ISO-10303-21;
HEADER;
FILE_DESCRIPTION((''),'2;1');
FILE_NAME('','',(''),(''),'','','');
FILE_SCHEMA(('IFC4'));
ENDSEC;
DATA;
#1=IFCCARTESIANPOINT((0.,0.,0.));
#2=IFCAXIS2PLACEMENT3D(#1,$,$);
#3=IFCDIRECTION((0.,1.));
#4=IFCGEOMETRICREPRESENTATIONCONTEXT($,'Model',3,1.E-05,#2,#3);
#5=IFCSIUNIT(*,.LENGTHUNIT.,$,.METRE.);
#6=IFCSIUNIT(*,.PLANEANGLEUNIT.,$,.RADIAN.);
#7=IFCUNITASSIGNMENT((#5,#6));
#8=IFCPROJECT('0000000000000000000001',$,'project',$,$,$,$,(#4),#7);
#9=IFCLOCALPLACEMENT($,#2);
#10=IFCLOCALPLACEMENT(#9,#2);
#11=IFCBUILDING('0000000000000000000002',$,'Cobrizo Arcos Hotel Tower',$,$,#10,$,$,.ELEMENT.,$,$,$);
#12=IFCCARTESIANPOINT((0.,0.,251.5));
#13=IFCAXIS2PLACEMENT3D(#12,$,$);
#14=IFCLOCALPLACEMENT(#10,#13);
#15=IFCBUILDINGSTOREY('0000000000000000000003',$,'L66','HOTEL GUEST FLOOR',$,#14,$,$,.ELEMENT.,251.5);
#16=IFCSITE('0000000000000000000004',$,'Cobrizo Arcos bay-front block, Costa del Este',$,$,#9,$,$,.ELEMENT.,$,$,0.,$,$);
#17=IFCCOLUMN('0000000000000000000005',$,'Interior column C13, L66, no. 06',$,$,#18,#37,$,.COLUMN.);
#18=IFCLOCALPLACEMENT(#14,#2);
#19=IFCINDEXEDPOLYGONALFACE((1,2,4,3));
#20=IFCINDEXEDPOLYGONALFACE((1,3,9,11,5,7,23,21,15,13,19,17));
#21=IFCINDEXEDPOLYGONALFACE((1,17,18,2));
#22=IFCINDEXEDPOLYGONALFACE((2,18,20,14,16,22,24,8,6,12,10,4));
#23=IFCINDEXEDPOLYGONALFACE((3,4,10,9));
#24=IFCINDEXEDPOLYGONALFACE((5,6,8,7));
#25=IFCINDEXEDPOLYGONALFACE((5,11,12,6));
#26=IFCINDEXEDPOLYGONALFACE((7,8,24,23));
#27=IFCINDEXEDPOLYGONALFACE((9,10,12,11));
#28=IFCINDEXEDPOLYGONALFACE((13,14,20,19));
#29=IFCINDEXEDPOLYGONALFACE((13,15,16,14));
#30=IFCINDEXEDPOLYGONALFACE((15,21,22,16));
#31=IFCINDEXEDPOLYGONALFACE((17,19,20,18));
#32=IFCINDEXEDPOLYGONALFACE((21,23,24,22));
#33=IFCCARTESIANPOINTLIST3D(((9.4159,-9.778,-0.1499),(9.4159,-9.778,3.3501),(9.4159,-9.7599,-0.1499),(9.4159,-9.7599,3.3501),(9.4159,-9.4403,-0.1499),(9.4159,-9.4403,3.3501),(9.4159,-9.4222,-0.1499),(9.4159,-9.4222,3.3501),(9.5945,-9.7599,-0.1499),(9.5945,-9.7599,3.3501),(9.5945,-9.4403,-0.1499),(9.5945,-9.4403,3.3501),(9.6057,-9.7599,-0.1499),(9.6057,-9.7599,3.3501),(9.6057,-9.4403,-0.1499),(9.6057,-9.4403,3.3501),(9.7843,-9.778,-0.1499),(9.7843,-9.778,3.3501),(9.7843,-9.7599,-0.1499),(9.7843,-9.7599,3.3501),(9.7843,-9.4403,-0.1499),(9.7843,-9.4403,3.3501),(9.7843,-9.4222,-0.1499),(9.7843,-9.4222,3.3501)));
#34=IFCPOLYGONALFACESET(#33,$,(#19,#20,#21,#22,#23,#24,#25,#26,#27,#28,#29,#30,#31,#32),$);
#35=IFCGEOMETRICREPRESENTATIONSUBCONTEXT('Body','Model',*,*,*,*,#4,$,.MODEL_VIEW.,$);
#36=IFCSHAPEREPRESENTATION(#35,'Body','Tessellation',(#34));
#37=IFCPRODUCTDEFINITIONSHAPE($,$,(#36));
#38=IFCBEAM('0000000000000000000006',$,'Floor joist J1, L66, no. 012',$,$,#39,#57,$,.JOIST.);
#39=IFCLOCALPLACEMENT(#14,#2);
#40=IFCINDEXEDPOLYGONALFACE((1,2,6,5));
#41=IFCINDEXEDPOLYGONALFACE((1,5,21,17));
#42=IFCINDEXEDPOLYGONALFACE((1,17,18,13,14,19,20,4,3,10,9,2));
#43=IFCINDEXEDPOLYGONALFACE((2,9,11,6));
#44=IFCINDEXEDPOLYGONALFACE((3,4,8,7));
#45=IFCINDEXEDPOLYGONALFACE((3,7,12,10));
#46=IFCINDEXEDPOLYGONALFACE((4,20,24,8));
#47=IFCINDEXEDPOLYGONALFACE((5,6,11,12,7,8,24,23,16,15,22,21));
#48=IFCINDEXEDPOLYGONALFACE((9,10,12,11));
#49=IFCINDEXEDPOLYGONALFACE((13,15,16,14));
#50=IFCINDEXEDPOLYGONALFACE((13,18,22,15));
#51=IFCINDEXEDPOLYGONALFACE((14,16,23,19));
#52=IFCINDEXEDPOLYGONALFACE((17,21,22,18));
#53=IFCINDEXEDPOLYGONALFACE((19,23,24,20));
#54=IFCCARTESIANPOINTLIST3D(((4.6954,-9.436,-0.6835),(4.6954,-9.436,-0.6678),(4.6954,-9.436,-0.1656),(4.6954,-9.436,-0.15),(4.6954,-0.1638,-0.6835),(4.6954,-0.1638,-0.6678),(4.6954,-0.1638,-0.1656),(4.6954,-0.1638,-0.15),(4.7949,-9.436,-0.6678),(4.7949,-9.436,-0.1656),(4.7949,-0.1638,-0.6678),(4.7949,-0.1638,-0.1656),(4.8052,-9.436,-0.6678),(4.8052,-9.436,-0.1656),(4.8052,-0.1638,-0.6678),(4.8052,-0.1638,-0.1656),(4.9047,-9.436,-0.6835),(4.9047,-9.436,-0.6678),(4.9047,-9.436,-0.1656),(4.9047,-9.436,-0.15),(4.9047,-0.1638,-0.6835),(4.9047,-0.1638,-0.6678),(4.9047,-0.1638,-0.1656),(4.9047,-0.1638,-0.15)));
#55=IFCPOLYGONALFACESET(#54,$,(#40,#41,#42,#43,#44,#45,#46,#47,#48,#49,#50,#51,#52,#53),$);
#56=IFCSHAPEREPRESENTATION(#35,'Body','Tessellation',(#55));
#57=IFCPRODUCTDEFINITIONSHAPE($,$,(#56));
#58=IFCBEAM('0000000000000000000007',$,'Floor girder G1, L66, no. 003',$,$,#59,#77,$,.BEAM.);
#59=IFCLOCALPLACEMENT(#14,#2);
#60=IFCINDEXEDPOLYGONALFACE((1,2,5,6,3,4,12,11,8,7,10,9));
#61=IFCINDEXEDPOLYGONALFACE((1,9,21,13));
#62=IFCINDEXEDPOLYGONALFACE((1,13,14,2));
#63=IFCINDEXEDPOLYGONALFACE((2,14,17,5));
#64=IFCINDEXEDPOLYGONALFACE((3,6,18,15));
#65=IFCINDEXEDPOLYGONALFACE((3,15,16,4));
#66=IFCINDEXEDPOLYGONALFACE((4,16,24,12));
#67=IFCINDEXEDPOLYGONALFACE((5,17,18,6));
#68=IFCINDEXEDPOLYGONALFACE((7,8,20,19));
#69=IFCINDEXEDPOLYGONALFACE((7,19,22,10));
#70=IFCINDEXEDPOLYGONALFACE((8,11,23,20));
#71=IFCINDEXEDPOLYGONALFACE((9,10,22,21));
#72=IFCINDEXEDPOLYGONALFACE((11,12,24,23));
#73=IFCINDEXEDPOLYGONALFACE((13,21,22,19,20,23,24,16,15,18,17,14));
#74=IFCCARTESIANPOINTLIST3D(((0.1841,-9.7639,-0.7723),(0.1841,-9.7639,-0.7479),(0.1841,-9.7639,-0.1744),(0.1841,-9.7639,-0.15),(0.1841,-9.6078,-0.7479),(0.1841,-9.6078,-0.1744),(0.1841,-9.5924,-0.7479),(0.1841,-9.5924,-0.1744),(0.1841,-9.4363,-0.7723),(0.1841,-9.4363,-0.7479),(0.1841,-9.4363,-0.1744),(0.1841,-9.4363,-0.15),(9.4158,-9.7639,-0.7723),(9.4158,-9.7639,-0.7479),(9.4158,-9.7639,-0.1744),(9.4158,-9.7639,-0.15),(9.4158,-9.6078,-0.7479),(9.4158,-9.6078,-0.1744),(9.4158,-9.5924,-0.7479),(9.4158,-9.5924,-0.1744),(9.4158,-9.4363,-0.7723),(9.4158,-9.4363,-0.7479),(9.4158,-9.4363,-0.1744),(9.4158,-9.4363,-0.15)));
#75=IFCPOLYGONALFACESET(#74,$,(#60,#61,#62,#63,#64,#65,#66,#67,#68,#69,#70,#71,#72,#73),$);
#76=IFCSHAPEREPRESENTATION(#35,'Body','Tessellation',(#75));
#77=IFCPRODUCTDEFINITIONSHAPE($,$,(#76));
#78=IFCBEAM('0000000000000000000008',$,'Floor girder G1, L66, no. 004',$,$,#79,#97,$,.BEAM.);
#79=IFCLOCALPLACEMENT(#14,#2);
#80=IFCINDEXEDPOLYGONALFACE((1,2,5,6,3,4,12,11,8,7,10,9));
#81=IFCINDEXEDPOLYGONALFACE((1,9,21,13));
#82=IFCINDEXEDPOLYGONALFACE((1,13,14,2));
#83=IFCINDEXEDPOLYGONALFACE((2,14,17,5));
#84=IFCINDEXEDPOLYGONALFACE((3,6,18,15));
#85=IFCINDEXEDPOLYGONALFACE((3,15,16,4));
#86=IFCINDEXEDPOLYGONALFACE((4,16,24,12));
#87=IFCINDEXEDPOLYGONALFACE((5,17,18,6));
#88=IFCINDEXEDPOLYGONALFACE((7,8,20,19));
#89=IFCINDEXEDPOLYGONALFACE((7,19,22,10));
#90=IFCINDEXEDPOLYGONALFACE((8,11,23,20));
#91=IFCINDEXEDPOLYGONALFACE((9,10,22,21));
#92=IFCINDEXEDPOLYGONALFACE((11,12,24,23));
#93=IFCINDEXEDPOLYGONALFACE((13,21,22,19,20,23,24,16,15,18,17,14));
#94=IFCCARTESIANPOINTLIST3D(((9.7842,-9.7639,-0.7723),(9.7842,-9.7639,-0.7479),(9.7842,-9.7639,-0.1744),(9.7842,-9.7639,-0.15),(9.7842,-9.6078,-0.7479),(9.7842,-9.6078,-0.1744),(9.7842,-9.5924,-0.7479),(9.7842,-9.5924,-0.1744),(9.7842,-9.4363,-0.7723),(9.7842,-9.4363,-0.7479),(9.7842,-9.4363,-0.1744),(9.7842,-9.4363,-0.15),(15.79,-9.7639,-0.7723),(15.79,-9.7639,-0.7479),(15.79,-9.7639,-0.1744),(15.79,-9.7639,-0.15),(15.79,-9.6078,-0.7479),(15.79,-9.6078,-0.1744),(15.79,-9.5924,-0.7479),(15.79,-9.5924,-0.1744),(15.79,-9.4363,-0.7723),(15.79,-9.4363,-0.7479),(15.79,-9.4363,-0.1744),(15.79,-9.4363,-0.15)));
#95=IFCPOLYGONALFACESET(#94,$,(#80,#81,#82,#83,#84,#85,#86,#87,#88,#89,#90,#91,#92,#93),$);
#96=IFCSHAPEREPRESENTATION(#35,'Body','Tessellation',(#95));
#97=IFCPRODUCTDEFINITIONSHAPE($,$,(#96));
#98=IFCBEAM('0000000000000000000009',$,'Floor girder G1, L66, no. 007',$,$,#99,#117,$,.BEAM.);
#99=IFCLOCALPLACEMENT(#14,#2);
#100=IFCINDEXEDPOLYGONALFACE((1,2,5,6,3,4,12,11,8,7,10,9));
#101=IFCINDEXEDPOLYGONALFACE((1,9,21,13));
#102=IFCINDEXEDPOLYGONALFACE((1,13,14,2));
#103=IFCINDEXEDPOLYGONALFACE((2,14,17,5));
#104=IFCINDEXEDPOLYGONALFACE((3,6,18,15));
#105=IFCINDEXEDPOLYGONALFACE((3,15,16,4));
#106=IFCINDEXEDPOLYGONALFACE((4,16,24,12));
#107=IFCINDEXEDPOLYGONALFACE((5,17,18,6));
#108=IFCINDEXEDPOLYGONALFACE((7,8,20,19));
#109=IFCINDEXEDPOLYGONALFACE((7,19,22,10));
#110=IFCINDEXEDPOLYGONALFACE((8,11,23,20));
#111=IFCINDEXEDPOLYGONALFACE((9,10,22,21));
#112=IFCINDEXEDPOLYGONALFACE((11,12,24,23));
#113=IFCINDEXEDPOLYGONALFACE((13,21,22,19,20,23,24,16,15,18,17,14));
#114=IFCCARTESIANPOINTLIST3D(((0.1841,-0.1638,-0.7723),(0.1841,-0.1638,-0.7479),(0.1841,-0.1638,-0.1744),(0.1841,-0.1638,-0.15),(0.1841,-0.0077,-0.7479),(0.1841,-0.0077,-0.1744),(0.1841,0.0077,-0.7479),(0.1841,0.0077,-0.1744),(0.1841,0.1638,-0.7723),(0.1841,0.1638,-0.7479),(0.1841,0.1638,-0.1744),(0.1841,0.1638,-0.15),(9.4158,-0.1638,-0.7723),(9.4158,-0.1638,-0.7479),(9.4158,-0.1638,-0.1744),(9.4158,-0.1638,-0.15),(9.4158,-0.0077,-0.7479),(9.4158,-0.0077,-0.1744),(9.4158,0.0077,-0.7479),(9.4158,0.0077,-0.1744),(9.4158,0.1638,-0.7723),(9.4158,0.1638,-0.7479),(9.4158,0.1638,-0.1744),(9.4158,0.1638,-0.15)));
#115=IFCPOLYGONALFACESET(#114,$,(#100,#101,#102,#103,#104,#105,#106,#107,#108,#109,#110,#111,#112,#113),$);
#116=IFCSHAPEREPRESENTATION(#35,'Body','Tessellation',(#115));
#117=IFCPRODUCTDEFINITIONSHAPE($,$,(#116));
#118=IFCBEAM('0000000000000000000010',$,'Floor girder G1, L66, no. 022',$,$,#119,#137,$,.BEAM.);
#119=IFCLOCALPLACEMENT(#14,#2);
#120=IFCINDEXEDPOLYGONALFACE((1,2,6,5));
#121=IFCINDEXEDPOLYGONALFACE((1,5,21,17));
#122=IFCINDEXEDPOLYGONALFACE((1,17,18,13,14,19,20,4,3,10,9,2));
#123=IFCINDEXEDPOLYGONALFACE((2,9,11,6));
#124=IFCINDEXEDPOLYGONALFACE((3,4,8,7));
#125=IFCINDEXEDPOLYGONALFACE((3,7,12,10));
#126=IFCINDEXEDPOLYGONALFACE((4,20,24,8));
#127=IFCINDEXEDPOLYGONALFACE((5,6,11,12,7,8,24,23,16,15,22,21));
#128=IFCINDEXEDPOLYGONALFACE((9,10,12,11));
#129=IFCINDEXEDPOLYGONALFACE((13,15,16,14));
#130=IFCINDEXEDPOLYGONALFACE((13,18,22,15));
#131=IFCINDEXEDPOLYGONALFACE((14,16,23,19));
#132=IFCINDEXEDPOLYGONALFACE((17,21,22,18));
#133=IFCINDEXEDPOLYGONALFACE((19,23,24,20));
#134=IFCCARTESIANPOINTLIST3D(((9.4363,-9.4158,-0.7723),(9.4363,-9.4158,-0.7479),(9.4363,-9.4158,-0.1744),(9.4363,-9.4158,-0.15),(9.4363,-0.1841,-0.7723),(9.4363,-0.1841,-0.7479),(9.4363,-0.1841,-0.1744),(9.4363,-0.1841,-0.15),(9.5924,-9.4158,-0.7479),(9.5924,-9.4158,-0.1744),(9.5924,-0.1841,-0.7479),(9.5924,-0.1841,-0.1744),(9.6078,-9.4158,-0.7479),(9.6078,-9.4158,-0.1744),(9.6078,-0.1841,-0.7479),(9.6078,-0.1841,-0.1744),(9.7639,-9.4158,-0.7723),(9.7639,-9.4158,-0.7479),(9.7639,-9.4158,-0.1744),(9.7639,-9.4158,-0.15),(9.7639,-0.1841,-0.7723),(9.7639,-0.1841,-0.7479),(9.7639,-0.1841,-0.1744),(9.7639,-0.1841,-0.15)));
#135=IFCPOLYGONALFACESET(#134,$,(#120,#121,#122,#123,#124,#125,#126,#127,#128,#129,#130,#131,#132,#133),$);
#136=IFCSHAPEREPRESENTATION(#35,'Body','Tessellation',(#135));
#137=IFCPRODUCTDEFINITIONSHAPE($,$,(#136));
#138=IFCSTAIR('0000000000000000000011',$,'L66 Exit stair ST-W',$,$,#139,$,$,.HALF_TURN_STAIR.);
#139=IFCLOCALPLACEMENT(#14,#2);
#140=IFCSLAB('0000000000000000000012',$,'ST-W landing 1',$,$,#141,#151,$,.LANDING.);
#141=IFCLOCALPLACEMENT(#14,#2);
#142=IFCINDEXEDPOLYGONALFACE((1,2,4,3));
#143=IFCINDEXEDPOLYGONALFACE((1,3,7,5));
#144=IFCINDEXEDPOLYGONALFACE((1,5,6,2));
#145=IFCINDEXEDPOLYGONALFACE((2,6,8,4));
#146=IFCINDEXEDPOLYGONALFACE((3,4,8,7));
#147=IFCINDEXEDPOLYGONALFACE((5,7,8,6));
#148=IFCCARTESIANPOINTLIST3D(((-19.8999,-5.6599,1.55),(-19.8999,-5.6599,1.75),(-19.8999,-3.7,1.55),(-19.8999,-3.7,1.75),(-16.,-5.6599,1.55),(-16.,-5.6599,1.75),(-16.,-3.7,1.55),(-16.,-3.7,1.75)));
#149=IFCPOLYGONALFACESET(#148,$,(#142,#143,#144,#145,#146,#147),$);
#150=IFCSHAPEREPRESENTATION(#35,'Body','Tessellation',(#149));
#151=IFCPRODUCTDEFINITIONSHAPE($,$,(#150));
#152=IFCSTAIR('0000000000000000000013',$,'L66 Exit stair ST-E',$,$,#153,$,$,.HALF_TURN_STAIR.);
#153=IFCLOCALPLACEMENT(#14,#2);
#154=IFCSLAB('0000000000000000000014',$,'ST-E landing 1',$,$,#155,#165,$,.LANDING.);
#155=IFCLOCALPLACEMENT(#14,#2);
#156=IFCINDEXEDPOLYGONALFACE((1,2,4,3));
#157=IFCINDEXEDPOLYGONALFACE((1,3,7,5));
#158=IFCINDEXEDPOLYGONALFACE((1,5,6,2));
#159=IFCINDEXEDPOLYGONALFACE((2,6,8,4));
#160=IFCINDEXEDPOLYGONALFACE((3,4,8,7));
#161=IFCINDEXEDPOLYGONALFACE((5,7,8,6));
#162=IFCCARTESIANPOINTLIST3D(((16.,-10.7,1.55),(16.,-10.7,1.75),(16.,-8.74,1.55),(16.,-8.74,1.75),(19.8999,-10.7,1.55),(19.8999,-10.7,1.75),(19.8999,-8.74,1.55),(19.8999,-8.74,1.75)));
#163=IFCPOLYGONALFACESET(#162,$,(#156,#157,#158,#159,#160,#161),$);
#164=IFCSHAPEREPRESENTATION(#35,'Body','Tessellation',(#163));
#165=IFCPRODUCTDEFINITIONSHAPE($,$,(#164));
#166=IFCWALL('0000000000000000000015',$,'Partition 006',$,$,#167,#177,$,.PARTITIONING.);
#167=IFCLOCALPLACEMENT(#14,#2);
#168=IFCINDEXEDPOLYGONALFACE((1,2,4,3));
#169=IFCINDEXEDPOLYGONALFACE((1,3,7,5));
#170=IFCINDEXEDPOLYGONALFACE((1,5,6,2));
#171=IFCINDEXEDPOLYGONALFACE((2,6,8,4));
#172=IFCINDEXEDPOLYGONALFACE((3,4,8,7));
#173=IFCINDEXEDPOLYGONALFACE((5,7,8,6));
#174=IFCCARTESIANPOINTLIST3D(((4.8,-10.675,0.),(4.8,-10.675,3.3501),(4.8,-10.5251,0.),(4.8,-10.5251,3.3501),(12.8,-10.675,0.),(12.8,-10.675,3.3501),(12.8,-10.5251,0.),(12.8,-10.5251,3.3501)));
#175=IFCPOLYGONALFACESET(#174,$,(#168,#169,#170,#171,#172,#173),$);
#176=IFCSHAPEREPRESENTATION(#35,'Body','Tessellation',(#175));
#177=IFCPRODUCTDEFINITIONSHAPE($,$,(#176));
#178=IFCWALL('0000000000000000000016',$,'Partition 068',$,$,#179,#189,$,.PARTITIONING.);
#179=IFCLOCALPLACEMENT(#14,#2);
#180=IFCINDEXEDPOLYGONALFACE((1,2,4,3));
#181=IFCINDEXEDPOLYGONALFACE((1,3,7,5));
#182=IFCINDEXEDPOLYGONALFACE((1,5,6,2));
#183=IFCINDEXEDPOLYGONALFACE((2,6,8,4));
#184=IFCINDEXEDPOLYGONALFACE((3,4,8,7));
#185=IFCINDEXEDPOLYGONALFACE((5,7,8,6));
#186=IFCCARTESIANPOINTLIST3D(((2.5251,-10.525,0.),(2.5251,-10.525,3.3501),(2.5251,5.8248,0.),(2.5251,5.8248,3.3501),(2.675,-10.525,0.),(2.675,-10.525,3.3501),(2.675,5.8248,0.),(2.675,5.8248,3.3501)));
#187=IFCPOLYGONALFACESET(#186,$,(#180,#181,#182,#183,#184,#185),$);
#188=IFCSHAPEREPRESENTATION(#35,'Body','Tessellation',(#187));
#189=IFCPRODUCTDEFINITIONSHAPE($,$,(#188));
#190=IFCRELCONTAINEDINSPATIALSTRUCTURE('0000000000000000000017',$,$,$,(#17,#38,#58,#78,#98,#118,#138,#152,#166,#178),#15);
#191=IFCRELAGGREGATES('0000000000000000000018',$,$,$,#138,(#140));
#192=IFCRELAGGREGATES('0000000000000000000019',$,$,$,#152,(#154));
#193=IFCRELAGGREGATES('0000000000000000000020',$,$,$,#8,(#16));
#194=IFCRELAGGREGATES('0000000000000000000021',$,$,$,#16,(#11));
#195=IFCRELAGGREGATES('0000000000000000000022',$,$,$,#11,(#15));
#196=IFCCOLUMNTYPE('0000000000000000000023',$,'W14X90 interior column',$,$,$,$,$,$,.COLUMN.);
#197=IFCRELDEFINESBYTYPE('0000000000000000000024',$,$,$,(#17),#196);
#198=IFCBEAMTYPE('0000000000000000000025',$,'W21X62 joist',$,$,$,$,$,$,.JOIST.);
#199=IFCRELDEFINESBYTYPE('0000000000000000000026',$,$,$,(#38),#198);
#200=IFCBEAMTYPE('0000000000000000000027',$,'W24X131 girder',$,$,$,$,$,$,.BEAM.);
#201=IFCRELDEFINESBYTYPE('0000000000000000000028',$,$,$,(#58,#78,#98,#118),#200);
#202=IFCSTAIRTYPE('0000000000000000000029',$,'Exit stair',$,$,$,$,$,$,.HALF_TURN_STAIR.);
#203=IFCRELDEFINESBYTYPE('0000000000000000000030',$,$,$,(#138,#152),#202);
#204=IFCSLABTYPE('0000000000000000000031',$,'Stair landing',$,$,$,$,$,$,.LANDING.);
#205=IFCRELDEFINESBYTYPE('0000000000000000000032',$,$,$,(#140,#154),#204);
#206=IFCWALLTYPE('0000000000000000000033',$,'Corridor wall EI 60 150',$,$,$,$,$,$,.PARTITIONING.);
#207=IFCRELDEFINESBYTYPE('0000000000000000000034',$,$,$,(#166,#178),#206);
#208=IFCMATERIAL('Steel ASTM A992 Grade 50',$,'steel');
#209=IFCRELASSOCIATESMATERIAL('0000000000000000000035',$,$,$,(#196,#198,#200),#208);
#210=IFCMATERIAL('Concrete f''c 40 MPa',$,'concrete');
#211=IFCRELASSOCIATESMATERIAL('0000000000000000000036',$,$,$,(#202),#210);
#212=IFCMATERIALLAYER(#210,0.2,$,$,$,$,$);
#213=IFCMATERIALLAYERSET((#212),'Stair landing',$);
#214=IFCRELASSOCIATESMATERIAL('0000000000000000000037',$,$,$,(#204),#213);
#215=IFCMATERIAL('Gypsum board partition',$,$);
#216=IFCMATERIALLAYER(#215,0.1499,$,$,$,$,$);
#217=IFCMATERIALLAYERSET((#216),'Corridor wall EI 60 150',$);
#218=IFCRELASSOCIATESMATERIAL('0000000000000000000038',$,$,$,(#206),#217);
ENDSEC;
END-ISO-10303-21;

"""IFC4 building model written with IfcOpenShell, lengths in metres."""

from ifc_helpers import new_model, si_unit, direction, frame, frame_2d, origin, origin_2d, place, context, subcontext, project, spatial, polyline, rectangle, i_section, outline, extrude, material, layer, layer_set, material_profile, profile_set, type_object, element, aggregate, save


model = new_model("IFC4")

# Units and contexts
model_context = context("Model", 3, precision=1e-05, world=origin(), true_north=direction((0.0, 1.0)))
body_context = subcontext(model_context, "Body", "Model", "MODEL_VIEW")
ifc_project = project(units=[si_unit("LENGTHUNIT", "METRE"), si_unit("PLANEANGLEUNIT", "RADIAN")], contexts=[model_context])

# Site, building, storey
site_placement = place(None, origin())
site = spatial("IfcSite", under=ifc_project, at=site_placement, Name="Cobrizo Arcos bay-front block, Costa del Este", CompositionType="ELEMENT", RefElevation=0.0)
building_placement = place(site_placement, origin())
building = spatial("IfcBuilding", under=site, at=building_placement, Name="Cobrizo Arcos Hotel Tower", CompositionType="ELEMENT")
storey_placement = place(building_placement, frame((0.0, 0.0, 251.5)))
storey = spatial("IfcBuildingStorey", under=building, at=storey_placement, Name="L66", Description="HOTEL GUEST FLOOR", CompositionType="ELEMENT", Elevation=251.5)

# Column
ifc_material_1 = material(Name="Steel ASTM A992 Grade 50", Category="steel")
ifc_material_profile_1 = material_profile(ifc_material_1, i_section(OverallWidth=0.3684, OverallDepth=0.3557, WebThickness=0.0112, FlangeThickness=0.0181, at=origin_2d()), Name="W14X90")
ifc_profile_set_1 = profile_set([ifc_material_profile_1], Name="Steel ASTM A992 Grade 50")
column_type = type_object("IfcColumnType", Name="W14X90 interior column", PredefinedType="COLUMN", material=ifc_profile_set_1)
column_placement = place(storey_placement, frame((9.6001, -9.6001, -0.1499), z_axis=(0.0, 0.0, 1.0), x_axis=(1.0, 0.0, 0.0)))
element("IfcColumn", 1, at=column_placement, inside=storey, type_object=column_type, Name="Interior column C13, L66, no. 06", PredefinedType="COLUMN", context=body_context, shape_type="SweptSolid", body=[
    extrude(i_section(OverallWidth=0.3684, OverallDepth=0.3557, WebThickness=0.0112, FlangeThickness=0.0181, at=origin_2d()), origin(), (0.0, 0.0, 1.0), 3.5),
])

# Beams
ifc_material_profile_2 = material_profile(ifc_material_1, i_section(OverallWidth=0.2092, OverallDepth=0.5334, WebThickness=0.0103, FlangeThickness=0.0156, at=origin_2d()), Name="W21X62")
ifc_profile_set_2 = profile_set([ifc_material_profile_2], Name="Steel ASTM A992 Grade 50")
beam_type_1 = type_object("IfcBeamType", Name="W21X62 joist", PredefinedType="JOIST", material=ifc_profile_set_2)
beam_1_placement = place(storey_placement, frame((4.8, -9.436, -0.4167), z_axis=(0.0, 1.0, 0.0), x_axis=(-1.0, 0.0, 0.0)))
element("IfcBeam", 2, at=beam_1_placement, inside=storey, type_object=beam_type_1, Name="Floor joist J1, L66, no. 012", PredefinedType="JOIST", context=body_context, shape_type="SweptSolid", body=[
    extrude(i_section(OverallWidth=0.2092, OverallDepth=0.5334, WebThickness=0.0103, FlangeThickness=0.0156, at=origin_2d()), origin(), (0.0, 0.0, 1.0), 9.2722),
])
ifc_material_profile_3 = material_profile(ifc_material_1, i_section(OverallWidth=0.3276, OverallDepth=0.6223, WebThickness=0.0154, FlangeThickness=0.0244, at=origin_2d()), Name="W24X131")
ifc_profile_set_3 = profile_set([ifc_material_profile_3], Name="Steel ASTM A992 Grade 50")
beam_type_2 = type_object("IfcBeamType", Name="W24X131 girder", PredefinedType="BEAM", material=ifc_profile_set_3)
beam_2_placement = place(storey_placement, frame((0.1841, -9.6001, -0.4612), z_axis=(1.0, 0.0, 0.0), x_axis=(0.0, 1.0, 0.0)))
element("IfcBeam", 3, at=beam_2_placement, inside=storey, type_object=beam_type_2, Name="Floor girder G1, L66, no. 003", PredefinedType="BEAM", context=body_context, shape_type="SweptSolid", body=[
    extrude(i_section(OverallWidth=0.3276, OverallDepth=0.6223, WebThickness=0.0154, FlangeThickness=0.0244, at=origin_2d()), origin(), (0.0, 0.0, 1.0), 9.2317),
])
beam_3_placement = place(storey_placement, frame((9.7842, -9.6001, -0.4612), z_axis=(1.0, 0.0, 0.0), x_axis=(0.0, 1.0, 0.0)))
element("IfcBeam", 4, at=beam_3_placement, inside=storey, type_object=beam_type_2, Name="Floor girder G1, L66, no. 004", PredefinedType="BEAM", context=body_context, shape_type="SweptSolid", body=[
    extrude(i_section(OverallWidth=0.3276, OverallDepth=0.6223, WebThickness=0.0154, FlangeThickness=0.0244, at=origin_2d()), origin(), (0.0, 0.0, 1.0), 6.0059),
])
for number, where, z_axis, x_axis, name in (
    (5, (0.1841, 0.0, -0.4612), (1.0, 0.0, 0.0), (0.0, 1.0, 0.0), "Floor girder G1, L66, no. 007"),
    (6, (9.6001, -9.4158, -0.4612), (0.0, 1.0, 0.0), (-1.0, 0.0, 0.0), "Floor girder G1, L66, no. 022"),
):
    element("IfcBeam", number, at=place(storey_placement, frame(where, z_axis=z_axis, x_axis=x_axis)), inside=storey, type_object=beam_type_2, Name=name, PredefinedType="BEAM", context=body_context, shape_type="SweptSolid", body=[
        extrude(i_section(OverallWidth=0.3276, OverallDepth=0.6223, WebThickness=0.0154, FlangeThickness=0.0244, at=origin_2d()), origin(), (0.0, 0.0, 1.0), 9.2317),
    ])

# Stairs, slabs
ifc_material_2 = material(Name="Concrete f'c 40 MPa", Category="concrete")
stair_type = type_object("IfcStairType", Name="Exit stair", PredefinedType="HALF_TURN_STAIR", material=ifc_material_2)
stair_1_placement = place(storey_placement, origin())
stair_1 = element("IfcStair", 7, at=stair_1_placement, inside=storey, type_object=stair_type, Name="L66 Exit stair ST-W", PredefinedType="HALF_TURN_STAIR")
ifc_layer_1 = layer(ifc_material_2, 0.2)
ifc_layer_set_1 = layer_set([ifc_layer_1], Name="Stair landing")
slab_type = type_object("IfcSlabType", Name="Stair landing", PredefinedType="LANDING", material=ifc_layer_set_1)
slab_1_placement = place(storey_placement, frame((0.0, 0.0, 1.55)))
slab_1 = element("IfcSlab", 8, at=slab_1_placement, type_object=slab_type, Name="ST-W landing 1", PredefinedType="LANDING", context=body_context, shape_type="SweptSolid", body=[
    extrude(outline(polyline([(-16.0, -5.6599), (-16.0, -3.7), (-19.8999, -3.7), (-19.8999, -5.6599), (-16.0, -5.6599)])), origin(), (0.0, 0.0, 1.0), 0.2),
])
aggregate(stair_1, [slab_1])
stair_2_placement = place(storey_placement, origin())
stair_2 = element("IfcStair", 9, at=stair_2_placement, inside=storey, type_object=stair_type, Name="L66 Exit stair ST-E", PredefinedType="HALF_TURN_STAIR")
slab_2_placement = place(storey_placement, frame((0.0, 0.0, 1.55)))
slab_2 = element("IfcSlab", 10, at=slab_2_placement, type_object=slab_type, Name="ST-E landing 1", PredefinedType="LANDING", context=body_context, shape_type="SweptSolid", body=[
    extrude(outline(polyline([(16.0, -8.74), (16.0, -10.7), (19.8999, -10.7), (19.8999, -8.74), (16.0, -8.74)])), origin(), (0.0, 0.0, 1.0), 0.2),
])
aggregate(stair_2, [slab_2])

# Walls
ifc_material_3 = material(Name="Gypsum board partition")
ifc_layer_2 = layer(ifc_material_3, 0.1499)
ifc_layer_set_2 = layer_set([ifc_layer_2], Name="Corridor wall EI 60 150")
wall_type_1 = type_object("IfcWallType", Name="Corridor wall EI 60 150", PredefinedType="PARTITIONING", material=ifc_layer_set_2)
wall_1_placement = place(storey_placement, frame((4.8, -10.6001, 0.0), z_axis=(0.0, 0.0, 1.0), x_axis=(1.0, 0.0, 0.0)))
element("IfcWall", 11, at=wall_1_placement, inside=storey, type_object=wall_type_1, Name="Partition 006", PredefinedType="PARTITIONING", context=body_context, shape_type="SweptSolid", body=[
    extrude(rectangle(XDim=8.0, YDim=0.1499, at=frame_2d((4.0, 0.0))), origin(), (0.0, 0.0, 1.0), 3.3501),
])
wall_2_placement = place(storey_placement, frame((2.6001, -10.5249, 0.0), z_axis=(0.0, 0.0, 1.0), x_axis=(0.0, 1.0, 0.0)))
element("IfcWall", 12, at=wall_2_placement, inside=storey, type_object=wall_type_1, Name="Partition 068", PredefinedType="PARTITIONING", context=body_context, shape_type="SweptSolid", body=[
    extrude(rectangle(XDim=16.3499, YDim=0.1499, at=frame_2d((8.1748, 0.0))), origin(), (0.0, 0.0, 1.0), 3.3501),
])

save(model, "model.ifc")
